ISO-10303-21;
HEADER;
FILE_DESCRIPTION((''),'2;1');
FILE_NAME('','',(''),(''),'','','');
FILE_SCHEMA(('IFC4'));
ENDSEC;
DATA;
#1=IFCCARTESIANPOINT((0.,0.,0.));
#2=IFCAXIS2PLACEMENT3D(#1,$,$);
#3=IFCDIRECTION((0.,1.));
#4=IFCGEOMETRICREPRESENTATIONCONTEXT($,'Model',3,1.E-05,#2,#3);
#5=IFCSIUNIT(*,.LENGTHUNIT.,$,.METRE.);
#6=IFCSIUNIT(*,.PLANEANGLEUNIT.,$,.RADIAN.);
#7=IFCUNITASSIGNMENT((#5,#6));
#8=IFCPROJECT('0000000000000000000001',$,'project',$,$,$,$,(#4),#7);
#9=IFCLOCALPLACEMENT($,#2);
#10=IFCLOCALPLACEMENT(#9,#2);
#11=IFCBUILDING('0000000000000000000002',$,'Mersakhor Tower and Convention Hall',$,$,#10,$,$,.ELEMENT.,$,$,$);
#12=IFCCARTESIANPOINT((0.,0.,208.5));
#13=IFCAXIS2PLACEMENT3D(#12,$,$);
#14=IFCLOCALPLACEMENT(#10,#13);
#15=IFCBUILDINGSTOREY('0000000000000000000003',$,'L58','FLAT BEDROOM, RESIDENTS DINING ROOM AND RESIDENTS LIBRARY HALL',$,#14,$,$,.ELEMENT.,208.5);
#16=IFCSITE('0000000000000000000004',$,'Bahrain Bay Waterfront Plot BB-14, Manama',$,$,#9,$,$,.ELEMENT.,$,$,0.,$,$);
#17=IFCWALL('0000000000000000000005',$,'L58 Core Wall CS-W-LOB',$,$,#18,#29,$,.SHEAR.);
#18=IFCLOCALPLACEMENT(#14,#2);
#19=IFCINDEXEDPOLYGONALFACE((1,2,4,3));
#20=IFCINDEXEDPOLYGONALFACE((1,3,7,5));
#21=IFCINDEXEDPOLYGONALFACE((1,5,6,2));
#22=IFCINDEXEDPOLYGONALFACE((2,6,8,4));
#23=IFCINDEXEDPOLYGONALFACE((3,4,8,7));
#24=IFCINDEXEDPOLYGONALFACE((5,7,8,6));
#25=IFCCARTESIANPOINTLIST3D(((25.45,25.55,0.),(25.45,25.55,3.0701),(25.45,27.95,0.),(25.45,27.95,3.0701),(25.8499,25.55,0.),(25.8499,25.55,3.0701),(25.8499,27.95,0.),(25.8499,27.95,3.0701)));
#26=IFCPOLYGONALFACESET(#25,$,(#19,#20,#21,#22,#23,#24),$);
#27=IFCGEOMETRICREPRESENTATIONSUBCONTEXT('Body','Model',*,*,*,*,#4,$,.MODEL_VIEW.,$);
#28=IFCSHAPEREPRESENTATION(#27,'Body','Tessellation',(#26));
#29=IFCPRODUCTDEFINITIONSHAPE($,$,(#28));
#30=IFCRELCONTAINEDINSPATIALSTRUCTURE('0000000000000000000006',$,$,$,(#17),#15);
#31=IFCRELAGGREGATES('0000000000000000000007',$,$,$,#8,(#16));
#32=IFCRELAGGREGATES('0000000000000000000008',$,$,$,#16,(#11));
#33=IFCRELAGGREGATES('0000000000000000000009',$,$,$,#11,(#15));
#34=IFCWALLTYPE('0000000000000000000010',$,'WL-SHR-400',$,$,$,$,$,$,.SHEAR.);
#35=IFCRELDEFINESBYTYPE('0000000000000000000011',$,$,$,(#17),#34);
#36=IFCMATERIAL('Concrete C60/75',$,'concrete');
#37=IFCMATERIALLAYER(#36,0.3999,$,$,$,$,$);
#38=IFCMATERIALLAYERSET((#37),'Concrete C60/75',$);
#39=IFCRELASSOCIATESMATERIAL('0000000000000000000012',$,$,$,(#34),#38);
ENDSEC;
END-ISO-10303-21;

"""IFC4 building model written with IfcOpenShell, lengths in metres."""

from ifc_helpers import new_model, si_unit, direction, frame, frame_2d, origin, place, context, subcontext, project, spatial, rectangle, extrude, material, layer, layer_set, type_object, element, save


model = new_model("IFC4")

# Units and contexts
model_context = context("Model", 3, precision=1e-05, world=origin(), true_north=direction((0.0, 1.0)))
body_context = subcontext(model_context, "Body", "Model", "MODEL_VIEW")
ifc_project = project(units=[si_unit("LENGTHUNIT", "METRE"), si_unit("PLANEANGLEUNIT", "RADIAN")], contexts=[model_context])

# Site, building, storey
site_placement = place(None, origin())
site = spatial("IfcSite", under=ifc_project, at=site_placement, Name="Bahrain Bay Waterfront Plot BB-14, Manama", CompositionType="ELEMENT", RefElevation=0.0)
building_placement = place(site_placement, origin())
building = spatial("IfcBuilding", under=site, at=building_placement, Name="Mersakhor Tower and Convention Hall", CompositionType="ELEMENT")
storey_placement = place(building_placement, frame((0.0, 0.0, 208.5)))
storey = spatial("IfcBuildingStorey", under=building, at=storey_placement, Name="L58", Description="FLAT BEDROOM, RESIDENTS DINING ROOM AND RESIDENTS LIBRARY HALL", CompositionType="ELEMENT", Elevation=208.5)

# Shared definitions
ifc_material_1 = material(Name="Concrete C60/75", Category="concrete")
ifc_layer_1 = layer(ifc_material_1, 0.3999)
ifc_layer_set_1 = layer_set([ifc_layer_1], Name="Concrete C60/75")
wall_type_1 = type_object("IfcWallType", Name="WL-SHR-400", PredefinedType="SHEAR", material=ifc_layer_set_1)

# Wall
wall_1_placement = place(storey_placement, frame((25.6499, 25.55, 0.0), z_axis=(0.0, 0.0, 1.0), x_axis=(0.0, 1.0, 0.0)))
element("IfcWall", 1, at=wall_1_placement, inside=storey, type_object=wall_type_1, Name="L58 Core Wall CS-W-LOB", PredefinedType="SHEAR", context=body_context, shape_type="SweptSolid", body=[
    extrude(rectangle(XDim=2.3999, YDim=0.3999, at=frame_2d((1.2, 0.0))), origin(), (0.0, 0.0, 1.0), 3.0701),
])

save(model, "model.ifc")
